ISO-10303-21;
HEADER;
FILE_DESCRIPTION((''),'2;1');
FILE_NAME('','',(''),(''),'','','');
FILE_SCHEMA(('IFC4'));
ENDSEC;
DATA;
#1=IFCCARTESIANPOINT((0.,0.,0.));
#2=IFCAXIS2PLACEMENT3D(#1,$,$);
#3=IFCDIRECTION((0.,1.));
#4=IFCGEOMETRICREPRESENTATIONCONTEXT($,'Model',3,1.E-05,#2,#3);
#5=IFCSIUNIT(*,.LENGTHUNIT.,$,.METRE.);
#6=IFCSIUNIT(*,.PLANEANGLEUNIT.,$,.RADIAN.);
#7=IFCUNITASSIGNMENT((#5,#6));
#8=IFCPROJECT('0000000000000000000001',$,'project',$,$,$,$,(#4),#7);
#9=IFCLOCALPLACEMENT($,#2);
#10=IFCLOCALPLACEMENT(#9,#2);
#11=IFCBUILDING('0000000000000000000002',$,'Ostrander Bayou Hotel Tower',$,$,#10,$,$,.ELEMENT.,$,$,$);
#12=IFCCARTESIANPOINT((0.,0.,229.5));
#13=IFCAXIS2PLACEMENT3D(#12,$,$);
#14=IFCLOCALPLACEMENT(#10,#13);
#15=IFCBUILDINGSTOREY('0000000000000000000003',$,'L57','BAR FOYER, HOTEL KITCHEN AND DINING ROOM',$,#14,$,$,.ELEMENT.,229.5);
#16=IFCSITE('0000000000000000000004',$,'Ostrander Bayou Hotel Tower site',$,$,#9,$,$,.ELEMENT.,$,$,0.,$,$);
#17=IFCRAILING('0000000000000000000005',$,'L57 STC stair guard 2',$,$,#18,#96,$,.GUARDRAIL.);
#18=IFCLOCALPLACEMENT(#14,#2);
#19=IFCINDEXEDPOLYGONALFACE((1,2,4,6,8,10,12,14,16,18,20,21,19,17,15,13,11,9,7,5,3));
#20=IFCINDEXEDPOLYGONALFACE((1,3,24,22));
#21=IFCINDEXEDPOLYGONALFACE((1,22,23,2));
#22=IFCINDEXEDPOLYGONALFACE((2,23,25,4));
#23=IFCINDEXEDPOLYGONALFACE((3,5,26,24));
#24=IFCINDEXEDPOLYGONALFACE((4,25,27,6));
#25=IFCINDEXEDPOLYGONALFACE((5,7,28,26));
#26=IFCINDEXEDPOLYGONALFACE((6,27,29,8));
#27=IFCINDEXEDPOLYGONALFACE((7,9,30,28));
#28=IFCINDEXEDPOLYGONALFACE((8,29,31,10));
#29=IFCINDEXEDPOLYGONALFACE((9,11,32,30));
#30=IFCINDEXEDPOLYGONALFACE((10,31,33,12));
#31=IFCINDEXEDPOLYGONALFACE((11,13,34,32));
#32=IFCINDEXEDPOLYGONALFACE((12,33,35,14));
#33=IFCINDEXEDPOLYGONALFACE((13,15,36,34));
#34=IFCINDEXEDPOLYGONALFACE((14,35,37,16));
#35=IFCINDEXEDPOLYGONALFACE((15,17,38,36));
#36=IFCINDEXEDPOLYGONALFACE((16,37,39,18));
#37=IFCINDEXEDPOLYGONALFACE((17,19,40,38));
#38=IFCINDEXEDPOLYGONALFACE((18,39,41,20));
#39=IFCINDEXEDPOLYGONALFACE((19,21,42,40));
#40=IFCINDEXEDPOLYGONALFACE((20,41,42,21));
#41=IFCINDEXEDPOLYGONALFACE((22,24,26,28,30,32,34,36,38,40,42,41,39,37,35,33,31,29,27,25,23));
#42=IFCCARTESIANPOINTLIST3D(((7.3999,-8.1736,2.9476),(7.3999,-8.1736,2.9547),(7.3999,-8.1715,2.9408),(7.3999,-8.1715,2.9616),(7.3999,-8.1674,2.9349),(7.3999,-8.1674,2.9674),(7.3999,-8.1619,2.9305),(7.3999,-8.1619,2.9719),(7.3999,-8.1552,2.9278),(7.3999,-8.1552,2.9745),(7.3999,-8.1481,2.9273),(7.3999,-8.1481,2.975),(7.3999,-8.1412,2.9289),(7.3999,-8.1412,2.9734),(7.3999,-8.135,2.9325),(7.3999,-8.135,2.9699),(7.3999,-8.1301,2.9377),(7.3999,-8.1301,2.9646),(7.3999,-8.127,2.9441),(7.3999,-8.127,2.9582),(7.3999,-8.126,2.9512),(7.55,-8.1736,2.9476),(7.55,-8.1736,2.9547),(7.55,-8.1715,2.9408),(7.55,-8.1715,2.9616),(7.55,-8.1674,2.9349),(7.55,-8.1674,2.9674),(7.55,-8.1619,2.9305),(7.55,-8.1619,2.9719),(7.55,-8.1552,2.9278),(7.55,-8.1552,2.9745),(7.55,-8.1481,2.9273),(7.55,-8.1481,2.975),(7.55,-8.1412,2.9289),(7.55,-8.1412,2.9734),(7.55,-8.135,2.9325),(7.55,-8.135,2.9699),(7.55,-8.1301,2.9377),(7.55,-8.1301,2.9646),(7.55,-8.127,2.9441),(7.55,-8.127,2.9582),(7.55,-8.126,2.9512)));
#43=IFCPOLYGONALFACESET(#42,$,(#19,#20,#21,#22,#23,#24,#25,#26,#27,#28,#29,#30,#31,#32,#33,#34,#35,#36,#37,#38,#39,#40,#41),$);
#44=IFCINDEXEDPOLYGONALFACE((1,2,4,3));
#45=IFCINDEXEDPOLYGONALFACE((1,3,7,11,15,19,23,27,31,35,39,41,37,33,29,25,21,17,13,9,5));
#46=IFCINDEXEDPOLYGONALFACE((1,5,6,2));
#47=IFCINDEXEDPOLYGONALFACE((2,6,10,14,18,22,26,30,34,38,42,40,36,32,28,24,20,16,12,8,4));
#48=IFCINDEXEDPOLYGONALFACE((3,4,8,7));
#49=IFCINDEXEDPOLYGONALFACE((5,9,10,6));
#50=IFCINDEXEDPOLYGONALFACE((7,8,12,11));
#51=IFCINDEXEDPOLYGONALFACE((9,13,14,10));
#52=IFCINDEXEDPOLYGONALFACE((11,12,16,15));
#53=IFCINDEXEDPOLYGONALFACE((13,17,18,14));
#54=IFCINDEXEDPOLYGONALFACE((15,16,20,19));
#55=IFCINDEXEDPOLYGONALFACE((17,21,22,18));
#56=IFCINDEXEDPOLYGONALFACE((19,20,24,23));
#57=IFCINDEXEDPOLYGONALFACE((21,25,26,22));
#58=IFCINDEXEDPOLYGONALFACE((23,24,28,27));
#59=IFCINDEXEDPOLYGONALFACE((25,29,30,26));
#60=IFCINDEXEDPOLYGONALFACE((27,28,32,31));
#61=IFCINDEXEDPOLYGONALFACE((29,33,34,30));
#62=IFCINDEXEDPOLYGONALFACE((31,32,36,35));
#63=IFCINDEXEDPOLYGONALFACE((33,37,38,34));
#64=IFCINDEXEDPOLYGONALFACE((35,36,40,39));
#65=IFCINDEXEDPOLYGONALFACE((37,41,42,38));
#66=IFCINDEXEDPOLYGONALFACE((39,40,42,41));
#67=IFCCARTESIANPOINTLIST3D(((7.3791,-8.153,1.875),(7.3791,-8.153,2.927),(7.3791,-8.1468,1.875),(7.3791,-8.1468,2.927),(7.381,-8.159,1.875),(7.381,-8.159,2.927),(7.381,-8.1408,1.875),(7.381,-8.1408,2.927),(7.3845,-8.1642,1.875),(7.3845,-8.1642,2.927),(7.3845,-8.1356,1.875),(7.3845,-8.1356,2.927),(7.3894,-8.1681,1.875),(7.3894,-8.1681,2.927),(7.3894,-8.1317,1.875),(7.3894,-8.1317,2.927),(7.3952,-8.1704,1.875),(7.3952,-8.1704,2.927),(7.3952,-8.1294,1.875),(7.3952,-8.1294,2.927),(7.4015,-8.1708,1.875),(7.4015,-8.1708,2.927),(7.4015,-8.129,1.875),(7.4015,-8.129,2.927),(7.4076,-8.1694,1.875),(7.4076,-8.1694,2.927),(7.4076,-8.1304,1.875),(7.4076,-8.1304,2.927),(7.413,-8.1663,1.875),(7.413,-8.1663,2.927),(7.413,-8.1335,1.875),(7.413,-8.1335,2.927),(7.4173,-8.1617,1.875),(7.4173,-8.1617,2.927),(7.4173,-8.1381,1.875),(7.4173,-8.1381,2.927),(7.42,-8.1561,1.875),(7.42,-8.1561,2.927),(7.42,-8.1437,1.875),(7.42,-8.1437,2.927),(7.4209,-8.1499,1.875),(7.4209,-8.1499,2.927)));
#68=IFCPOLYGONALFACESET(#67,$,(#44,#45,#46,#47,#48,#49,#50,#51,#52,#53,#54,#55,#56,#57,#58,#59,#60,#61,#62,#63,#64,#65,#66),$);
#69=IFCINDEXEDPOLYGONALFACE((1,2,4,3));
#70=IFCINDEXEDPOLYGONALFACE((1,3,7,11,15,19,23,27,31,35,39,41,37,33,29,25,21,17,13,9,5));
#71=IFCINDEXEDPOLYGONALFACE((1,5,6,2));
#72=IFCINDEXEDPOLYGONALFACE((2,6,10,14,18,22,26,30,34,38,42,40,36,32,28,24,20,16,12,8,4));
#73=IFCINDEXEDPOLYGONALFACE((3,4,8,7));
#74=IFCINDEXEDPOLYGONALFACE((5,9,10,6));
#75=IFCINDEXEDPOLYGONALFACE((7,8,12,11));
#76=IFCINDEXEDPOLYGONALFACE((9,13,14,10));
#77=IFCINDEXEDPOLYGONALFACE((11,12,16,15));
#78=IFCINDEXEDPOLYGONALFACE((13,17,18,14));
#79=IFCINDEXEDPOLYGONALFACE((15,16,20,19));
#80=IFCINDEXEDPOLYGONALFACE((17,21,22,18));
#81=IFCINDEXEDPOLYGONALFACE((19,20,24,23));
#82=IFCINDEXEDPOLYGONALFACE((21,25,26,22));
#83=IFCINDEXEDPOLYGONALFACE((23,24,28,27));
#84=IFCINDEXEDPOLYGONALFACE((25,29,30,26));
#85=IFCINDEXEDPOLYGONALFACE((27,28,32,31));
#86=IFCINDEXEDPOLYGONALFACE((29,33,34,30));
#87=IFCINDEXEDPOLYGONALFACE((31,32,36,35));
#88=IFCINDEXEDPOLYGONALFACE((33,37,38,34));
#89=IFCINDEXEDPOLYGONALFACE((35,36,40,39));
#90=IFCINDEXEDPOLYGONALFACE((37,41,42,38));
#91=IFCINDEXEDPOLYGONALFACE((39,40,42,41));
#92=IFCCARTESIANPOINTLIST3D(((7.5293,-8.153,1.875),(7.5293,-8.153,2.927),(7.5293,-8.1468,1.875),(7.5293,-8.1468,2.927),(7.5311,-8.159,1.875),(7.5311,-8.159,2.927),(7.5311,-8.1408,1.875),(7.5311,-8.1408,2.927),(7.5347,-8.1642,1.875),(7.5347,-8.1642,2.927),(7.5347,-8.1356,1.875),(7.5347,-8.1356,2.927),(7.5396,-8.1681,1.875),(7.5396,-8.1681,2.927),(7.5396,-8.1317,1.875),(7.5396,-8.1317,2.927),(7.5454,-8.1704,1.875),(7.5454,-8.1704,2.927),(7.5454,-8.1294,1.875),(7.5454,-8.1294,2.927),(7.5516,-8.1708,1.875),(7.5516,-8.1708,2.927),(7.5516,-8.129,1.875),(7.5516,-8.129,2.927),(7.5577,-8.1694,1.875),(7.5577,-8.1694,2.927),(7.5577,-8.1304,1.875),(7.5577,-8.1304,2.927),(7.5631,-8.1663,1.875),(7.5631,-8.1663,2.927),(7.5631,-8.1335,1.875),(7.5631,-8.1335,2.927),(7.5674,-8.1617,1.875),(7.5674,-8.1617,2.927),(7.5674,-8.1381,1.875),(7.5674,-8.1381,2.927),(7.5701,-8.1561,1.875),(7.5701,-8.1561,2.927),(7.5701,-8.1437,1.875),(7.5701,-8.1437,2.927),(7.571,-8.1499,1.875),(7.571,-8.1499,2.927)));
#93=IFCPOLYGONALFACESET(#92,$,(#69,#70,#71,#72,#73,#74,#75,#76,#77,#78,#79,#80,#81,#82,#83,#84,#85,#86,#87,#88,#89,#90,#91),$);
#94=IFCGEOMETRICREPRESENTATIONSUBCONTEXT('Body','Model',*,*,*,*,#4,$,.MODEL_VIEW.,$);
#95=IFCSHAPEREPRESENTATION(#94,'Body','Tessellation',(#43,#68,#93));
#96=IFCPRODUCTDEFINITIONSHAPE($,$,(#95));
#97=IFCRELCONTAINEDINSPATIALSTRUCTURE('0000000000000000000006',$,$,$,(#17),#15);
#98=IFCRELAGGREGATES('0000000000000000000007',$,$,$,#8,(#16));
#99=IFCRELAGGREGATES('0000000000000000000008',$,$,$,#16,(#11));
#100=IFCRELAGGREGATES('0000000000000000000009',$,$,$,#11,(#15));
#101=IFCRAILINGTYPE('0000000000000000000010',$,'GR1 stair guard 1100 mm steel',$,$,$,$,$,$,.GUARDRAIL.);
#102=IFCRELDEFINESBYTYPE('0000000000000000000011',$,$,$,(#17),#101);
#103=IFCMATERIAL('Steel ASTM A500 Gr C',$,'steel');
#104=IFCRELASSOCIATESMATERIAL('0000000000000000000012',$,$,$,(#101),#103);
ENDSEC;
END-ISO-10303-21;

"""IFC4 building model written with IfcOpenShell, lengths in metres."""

from ifc_helpers import new_model, si_unit, direction, frame, origin, origin_2d, place, context, subcontext, project, spatial, circle, extrude, material, type_object, element, save


model = new_model("IFC4")

# Units and contexts
model_context = context("Model", 3, precision=1e-05, world=origin(), true_north=direction((0.0, 1.0)))
body_context = subcontext(model_context, "Body", "Model", "MODEL_VIEW")
ifc_project = project(units=[si_unit("LENGTHUNIT", "METRE"), si_unit("PLANEANGLEUNIT", "RADIAN")], contexts=[model_context])

# Site, building, storey
site_placement = place(None, origin())
site = spatial("IfcSite", under=ifc_project, at=site_placement, Name="Ostrander Bayou Hotel Tower site", CompositionType="ELEMENT", RefElevation=0.0)
building_placement = place(site_placement, origin())
building = spatial("IfcBuilding", under=site, at=building_placement, Name="Ostrander Bayou Hotel Tower", CompositionType="ELEMENT")
storey_placement = place(building_placement, frame((0.0, 0.0, 229.5)))
storey = spatial("IfcBuildingStorey", under=building, at=storey_placement, Name="L57", Description="BAR FOYER, HOTEL KITCHEN AND DINING ROOM", CompositionType="ELEMENT", Elevation=229.5)

# Railing
ifc_material_1 = material(Name="Steel ASTM A500 Gr C", Category="steel")
railing_type_1 = type_object("IfcRailingType", Name="GR1 stair guard 1100 mm steel", PredefinedType="GUARDRAIL", material=ifc_material_1)
railing_1_placement = place(storey_placement, frame((7.3999, -8.1499, 1.875)))
element("IfcRailing", 1, at=railing_1_placement, inside=storey, type_object=railing_type_1, Name="L57 STC stair guard 2", PredefinedType="GUARDRAIL", context=body_context, shape_type="SweptSolid", body=[
    extrude(circle(Radius=0.0239, at=origin_2d()), frame((0.0, 0.0, 1.0762), z_axis=(1.0, 0.0, 0.0), x_axis=(0.0, 1.0, 0.0)), (0.0, 0.0, 1.0), 0.1501),
    extrude(circle(Radius=0.021, at=origin_2d()), origin(), (0.0, 0.0, 1.0), 1.052),
    extrude(circle(Radius=0.021, at=origin_2d()), frame((0.1501, 0.0, 0.0)), (0.0, 0.0, 1.0), 1.052),
])

save(model, "model.ifc")
